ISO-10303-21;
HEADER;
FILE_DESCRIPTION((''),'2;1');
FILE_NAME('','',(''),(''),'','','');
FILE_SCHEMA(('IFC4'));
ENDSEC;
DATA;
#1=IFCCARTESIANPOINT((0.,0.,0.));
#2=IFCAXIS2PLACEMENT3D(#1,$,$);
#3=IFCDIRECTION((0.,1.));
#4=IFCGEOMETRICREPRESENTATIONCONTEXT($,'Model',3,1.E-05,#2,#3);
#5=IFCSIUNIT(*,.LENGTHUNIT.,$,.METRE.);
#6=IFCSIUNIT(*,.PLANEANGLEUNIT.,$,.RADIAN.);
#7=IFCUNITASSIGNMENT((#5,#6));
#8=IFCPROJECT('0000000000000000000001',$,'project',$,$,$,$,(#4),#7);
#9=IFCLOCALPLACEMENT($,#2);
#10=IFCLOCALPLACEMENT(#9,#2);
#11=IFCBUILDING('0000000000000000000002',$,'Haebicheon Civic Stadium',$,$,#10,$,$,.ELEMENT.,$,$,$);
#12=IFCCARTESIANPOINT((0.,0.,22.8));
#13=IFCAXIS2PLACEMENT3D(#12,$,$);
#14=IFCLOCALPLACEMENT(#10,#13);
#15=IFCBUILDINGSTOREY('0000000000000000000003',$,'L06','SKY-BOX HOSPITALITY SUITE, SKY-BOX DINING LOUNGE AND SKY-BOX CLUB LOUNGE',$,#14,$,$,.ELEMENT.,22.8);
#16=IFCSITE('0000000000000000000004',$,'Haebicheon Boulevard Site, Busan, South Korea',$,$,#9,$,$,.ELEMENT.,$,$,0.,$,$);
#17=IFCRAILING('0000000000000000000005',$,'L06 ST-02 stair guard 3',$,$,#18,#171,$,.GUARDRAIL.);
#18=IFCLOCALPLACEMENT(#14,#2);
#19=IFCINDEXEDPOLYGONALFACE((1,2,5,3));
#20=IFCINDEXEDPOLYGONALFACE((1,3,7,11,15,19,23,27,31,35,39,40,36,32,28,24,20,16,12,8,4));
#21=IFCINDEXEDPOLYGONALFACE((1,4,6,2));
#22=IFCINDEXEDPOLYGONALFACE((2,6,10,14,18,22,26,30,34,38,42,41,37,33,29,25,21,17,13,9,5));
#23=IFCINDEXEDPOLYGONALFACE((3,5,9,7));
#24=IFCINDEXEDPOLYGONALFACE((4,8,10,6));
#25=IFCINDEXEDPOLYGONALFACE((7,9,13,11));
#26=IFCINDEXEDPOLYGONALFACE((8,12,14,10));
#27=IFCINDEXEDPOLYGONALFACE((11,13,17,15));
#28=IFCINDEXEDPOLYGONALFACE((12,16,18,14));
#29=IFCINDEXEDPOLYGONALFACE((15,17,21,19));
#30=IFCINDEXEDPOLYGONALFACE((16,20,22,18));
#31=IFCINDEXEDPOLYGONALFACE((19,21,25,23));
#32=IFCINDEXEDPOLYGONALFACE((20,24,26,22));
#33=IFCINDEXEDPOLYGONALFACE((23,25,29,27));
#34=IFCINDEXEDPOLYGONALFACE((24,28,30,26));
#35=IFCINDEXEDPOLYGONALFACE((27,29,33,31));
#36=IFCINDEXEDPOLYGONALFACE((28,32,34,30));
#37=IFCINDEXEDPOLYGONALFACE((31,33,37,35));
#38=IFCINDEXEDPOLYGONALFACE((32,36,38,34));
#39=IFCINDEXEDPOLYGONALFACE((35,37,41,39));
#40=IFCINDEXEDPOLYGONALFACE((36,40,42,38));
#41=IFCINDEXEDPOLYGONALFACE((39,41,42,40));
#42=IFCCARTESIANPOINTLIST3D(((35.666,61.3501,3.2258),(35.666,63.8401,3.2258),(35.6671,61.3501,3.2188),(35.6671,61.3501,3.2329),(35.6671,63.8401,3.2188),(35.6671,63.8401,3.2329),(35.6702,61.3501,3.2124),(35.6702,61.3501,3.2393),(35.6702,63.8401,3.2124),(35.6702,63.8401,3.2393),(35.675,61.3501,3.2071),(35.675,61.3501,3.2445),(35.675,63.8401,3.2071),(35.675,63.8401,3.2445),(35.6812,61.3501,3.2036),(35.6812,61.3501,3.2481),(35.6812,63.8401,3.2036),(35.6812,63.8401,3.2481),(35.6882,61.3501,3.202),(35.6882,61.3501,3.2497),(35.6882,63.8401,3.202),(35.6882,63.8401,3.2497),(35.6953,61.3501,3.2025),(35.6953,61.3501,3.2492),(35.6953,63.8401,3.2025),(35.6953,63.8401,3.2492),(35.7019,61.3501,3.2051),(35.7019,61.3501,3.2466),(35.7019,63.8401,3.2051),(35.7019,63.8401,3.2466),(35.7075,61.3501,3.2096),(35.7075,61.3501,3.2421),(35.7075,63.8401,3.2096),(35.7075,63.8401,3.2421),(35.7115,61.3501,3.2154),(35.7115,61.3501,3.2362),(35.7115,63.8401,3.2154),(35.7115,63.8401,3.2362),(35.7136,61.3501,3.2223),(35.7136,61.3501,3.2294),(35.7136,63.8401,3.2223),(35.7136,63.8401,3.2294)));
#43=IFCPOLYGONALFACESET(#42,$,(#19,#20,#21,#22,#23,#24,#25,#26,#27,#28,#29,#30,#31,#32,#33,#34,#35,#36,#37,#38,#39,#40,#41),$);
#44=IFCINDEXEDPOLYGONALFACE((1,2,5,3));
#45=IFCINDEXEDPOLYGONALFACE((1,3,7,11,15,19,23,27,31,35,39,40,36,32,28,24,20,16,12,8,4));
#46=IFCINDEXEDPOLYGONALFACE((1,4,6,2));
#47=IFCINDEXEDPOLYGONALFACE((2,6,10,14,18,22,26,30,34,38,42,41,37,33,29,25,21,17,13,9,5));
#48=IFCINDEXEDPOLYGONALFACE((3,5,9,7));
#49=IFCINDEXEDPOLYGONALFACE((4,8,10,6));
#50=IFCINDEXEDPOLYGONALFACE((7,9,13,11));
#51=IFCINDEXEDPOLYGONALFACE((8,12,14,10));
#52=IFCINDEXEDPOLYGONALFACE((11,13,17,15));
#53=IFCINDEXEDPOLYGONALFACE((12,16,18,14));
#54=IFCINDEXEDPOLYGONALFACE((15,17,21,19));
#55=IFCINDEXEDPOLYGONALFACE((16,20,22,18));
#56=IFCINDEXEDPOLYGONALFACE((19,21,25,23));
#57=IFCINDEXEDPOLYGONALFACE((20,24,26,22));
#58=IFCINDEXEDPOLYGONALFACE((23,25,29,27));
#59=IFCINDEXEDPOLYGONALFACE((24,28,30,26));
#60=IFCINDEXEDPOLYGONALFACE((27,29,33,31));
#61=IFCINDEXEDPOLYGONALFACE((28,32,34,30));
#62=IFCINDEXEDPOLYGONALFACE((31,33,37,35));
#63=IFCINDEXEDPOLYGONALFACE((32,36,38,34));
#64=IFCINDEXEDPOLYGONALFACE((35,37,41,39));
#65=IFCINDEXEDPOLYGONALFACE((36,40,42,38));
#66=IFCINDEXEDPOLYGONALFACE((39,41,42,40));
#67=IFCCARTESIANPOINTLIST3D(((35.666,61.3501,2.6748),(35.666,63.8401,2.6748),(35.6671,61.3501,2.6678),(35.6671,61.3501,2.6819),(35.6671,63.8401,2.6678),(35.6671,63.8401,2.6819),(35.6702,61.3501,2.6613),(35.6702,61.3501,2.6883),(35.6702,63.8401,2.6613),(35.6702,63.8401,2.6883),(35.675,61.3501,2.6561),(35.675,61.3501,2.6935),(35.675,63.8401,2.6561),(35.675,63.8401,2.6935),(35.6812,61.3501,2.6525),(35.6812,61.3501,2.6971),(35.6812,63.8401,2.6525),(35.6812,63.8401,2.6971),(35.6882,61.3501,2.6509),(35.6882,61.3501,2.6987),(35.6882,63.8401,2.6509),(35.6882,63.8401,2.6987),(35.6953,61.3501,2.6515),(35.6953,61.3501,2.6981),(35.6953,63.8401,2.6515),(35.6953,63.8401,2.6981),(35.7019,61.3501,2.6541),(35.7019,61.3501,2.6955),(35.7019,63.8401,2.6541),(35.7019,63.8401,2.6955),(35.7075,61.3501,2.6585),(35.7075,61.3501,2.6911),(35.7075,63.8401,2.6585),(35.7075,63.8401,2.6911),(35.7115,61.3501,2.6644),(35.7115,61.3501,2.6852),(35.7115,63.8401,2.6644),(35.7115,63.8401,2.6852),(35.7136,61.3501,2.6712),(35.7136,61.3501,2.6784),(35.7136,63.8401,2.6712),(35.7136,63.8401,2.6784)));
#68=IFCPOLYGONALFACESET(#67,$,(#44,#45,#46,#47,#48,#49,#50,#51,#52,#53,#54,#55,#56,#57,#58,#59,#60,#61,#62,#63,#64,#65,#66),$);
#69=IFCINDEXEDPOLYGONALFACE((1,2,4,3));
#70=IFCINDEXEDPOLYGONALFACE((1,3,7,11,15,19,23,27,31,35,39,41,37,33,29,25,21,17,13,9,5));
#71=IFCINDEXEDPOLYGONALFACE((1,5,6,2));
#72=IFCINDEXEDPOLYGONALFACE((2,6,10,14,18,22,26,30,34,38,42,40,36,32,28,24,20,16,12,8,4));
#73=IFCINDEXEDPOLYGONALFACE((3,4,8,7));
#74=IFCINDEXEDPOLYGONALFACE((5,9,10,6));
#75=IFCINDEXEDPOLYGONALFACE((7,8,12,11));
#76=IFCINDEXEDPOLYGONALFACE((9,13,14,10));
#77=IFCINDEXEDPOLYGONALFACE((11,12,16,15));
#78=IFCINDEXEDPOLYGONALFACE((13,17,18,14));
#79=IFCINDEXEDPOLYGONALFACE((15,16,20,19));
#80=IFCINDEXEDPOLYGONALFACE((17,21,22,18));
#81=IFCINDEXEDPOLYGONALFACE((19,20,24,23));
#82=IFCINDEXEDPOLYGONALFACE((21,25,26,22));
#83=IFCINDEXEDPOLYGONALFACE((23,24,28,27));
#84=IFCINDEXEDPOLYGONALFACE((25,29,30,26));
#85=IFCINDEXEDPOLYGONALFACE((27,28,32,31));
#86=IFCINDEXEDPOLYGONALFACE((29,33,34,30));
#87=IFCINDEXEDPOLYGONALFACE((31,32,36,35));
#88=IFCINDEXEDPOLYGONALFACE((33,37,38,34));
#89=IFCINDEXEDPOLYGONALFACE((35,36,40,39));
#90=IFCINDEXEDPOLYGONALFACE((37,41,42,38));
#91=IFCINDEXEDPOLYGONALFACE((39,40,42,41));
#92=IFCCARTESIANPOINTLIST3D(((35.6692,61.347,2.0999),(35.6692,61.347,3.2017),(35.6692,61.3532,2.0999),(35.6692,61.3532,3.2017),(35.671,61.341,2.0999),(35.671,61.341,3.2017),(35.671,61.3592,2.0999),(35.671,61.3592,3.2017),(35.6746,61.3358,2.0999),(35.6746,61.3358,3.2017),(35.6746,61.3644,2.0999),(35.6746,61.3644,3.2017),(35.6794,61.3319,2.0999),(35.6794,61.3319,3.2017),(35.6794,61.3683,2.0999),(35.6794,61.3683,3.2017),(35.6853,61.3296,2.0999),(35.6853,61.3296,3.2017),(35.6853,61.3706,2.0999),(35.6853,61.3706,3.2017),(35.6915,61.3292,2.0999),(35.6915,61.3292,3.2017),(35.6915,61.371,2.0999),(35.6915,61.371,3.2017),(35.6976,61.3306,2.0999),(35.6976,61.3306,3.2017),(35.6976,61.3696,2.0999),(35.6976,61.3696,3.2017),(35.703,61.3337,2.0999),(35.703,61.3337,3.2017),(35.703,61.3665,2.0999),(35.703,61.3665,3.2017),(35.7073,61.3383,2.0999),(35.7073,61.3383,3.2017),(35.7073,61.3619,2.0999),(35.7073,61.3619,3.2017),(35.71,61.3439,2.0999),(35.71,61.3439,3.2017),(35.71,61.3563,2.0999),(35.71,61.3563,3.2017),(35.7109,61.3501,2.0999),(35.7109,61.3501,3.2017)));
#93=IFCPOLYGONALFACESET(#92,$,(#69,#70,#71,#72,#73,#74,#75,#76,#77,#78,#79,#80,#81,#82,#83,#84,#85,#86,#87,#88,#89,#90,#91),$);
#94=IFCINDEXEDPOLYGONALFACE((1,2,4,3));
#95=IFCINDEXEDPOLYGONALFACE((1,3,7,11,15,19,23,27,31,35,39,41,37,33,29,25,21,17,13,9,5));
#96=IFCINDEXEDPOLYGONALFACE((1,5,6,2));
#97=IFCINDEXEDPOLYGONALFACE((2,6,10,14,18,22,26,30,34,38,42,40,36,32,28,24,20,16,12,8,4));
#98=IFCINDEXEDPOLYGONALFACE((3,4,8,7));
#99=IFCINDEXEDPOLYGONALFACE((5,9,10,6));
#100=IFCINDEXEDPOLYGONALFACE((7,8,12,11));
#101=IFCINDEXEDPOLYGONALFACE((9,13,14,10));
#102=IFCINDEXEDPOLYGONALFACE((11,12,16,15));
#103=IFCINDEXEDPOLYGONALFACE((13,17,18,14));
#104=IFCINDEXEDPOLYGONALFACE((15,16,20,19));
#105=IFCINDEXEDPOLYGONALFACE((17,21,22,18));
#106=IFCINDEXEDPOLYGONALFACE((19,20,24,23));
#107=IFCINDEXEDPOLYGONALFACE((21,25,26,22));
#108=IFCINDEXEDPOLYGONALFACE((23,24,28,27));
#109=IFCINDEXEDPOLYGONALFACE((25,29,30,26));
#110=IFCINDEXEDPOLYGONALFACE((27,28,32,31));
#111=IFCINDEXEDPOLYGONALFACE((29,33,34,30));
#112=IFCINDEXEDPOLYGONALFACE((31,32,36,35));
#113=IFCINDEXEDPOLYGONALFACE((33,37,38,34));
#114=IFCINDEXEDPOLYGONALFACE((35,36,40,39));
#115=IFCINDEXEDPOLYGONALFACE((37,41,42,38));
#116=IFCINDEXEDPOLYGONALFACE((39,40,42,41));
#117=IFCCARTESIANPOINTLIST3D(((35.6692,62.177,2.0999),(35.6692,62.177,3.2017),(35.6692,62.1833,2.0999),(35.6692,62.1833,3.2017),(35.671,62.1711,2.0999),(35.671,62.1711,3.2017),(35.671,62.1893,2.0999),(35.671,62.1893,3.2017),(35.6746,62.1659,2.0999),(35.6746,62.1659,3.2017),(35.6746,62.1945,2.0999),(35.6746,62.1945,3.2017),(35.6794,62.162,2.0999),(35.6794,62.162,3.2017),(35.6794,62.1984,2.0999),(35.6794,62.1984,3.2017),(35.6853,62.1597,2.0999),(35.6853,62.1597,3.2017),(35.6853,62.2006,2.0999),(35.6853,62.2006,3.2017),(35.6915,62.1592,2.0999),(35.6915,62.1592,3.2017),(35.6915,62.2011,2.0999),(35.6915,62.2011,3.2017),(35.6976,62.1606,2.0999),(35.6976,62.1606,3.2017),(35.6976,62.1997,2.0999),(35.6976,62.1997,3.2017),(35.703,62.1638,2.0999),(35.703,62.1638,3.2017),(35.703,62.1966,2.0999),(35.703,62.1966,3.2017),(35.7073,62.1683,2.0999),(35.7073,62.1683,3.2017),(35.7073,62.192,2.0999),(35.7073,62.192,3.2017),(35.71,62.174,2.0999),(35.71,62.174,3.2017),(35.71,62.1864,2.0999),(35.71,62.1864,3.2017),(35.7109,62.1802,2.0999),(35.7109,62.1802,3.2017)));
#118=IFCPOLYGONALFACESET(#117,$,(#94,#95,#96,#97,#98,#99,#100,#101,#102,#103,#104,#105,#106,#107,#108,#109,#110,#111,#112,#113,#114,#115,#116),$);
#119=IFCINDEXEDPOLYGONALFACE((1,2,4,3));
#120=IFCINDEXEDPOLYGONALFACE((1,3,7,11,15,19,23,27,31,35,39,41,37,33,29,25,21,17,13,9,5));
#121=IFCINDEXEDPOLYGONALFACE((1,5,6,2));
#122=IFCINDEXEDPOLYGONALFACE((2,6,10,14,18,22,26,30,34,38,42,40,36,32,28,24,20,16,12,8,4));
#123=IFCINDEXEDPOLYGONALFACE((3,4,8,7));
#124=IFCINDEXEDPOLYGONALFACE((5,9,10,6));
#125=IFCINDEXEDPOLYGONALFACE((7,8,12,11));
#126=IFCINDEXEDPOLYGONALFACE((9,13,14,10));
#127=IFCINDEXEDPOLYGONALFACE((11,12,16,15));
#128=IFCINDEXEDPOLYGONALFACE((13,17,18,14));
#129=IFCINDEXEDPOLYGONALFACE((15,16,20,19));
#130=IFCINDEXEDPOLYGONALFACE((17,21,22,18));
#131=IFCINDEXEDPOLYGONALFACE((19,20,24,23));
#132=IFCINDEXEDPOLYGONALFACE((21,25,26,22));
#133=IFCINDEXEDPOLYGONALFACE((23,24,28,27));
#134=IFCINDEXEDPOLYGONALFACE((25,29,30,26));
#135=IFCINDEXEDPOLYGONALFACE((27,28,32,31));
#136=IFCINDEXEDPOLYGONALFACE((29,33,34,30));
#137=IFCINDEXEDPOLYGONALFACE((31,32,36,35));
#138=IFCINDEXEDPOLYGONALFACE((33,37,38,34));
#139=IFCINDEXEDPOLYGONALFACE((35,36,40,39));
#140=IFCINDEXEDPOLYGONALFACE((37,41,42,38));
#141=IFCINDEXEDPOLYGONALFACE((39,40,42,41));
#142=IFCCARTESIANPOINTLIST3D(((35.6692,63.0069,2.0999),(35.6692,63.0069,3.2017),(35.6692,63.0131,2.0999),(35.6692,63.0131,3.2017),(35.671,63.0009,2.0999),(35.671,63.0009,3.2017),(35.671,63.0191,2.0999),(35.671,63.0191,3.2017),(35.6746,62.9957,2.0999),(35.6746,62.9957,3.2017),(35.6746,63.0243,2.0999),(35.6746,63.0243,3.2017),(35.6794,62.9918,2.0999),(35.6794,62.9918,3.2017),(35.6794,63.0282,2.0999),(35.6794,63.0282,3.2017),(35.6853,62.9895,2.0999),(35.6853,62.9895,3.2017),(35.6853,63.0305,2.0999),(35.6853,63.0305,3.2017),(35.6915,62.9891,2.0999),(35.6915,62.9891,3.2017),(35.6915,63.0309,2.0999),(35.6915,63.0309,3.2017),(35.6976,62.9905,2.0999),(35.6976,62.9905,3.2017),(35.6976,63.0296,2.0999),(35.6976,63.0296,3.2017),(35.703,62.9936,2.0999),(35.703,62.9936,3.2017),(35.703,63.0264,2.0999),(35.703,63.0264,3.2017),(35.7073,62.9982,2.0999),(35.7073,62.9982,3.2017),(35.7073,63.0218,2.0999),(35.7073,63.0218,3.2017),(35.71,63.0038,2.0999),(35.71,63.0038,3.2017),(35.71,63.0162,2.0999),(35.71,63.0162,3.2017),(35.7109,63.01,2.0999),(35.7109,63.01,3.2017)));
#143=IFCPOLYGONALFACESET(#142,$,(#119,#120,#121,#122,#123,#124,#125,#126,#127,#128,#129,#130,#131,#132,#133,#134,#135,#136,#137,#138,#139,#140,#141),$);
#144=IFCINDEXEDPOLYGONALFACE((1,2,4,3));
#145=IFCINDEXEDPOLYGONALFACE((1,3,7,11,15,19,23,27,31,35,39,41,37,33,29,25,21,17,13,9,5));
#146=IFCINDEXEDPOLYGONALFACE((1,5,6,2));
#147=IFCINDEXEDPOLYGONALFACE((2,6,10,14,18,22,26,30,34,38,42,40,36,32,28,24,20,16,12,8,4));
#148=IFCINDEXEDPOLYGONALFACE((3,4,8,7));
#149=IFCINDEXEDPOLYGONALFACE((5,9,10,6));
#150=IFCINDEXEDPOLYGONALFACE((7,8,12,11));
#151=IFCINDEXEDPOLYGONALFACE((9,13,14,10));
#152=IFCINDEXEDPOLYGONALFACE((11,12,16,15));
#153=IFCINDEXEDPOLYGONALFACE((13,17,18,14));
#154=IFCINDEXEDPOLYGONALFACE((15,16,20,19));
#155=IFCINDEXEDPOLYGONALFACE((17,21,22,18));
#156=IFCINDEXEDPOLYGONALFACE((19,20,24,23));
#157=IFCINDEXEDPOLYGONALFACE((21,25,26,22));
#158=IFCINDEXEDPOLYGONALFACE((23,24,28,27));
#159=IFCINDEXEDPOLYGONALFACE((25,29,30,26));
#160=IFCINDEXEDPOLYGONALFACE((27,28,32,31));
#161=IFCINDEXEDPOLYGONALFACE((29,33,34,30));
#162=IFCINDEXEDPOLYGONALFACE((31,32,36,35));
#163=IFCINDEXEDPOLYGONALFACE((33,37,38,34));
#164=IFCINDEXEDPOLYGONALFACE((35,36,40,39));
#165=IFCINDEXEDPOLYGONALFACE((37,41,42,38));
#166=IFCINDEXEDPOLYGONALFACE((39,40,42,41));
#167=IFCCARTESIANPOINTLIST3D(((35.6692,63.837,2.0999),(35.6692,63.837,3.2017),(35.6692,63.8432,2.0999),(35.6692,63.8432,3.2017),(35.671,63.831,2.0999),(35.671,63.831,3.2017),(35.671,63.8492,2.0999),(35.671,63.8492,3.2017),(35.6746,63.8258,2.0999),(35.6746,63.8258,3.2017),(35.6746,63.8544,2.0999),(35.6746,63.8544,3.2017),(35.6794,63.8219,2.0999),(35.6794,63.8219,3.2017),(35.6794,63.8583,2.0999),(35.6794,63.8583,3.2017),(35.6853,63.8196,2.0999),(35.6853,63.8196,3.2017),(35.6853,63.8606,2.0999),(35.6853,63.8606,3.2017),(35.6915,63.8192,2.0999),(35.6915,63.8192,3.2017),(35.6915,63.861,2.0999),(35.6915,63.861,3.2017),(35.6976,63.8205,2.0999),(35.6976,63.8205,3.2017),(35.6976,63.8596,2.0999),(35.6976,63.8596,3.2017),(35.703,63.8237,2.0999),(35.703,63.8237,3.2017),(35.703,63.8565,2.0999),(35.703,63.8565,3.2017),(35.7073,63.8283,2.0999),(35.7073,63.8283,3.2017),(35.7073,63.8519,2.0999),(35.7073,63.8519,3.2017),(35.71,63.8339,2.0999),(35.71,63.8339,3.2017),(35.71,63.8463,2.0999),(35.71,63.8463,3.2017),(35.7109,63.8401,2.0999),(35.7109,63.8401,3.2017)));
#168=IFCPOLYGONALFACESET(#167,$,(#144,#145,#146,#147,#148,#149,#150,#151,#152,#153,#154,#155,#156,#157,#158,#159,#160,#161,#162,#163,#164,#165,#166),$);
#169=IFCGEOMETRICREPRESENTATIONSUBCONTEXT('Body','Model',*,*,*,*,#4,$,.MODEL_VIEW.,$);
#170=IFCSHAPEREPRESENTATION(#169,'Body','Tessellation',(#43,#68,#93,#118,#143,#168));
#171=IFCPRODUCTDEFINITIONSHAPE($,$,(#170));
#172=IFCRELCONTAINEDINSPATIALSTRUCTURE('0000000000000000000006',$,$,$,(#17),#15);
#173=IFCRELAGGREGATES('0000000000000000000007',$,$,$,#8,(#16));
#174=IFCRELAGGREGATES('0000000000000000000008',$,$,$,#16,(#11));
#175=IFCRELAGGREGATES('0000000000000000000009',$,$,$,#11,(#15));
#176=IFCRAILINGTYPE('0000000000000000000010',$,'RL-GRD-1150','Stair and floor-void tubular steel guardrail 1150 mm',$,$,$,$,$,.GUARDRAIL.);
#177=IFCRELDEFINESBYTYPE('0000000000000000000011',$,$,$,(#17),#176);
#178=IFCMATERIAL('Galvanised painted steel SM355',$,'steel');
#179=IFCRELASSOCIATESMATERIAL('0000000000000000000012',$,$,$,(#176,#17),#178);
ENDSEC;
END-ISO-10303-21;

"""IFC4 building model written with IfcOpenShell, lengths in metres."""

from ifc_helpers import new_model, si_unit, direction, frame, origin, origin_2d, place, context, subcontext, project, spatial, circle, extrude, material, type_object, element, save


model = new_model("IFC4")

# Units and contexts
model_context = context("Model", 3, precision=1e-05, world=origin(), true_north=direction((0.0, 1.0)))
body_context = subcontext(model_context, "Body", "Model", "MODEL_VIEW")
ifc_project = project(units=[si_unit("LENGTHUNIT", "METRE"), si_unit("PLANEANGLEUNIT", "RADIAN")], contexts=[model_context])

# Site, building, storey
site_placement = place(None, origin())
site = spatial("IfcSite", under=ifc_project, at=site_placement, Name="Haebicheon Boulevard Site, Busan, South Korea", CompositionType="ELEMENT", RefElevation=0.0)
building_placement = place(site_placement, origin())
building = spatial("IfcBuilding", under=site, at=building_placement, Name="Haebicheon Civic Stadium", CompositionType="ELEMENT")
storey_placement = place(building_placement, frame((0.0, 0.0, 22.8)))
storey = spatial("IfcBuildingStorey", under=building, at=storey_placement, Name="L06", Description="SKY-BOX HOSPITALITY SUITE, SKY-BOX DINING LOUNGE AND SKY-BOX CLUB LOUNGE", CompositionType="ELEMENT", Elevation=22.8)

# Railing
ifc_material_1 = material(Name="Galvanised painted steel SM355", Category="steel")
railing_type_1 = type_object("IfcRailingType", Name="RL-GRD-1150", Description="Stair and floor-void tubular steel guardrail 1150 mm", PredefinedType="GUARDRAIL", material=ifc_material_1)
for number, where, name in (
    (1, (35.6899, 61.3501, 2.0999), "L06 ST-02 stair guard 3"),
):
    element("IfcRailing", number, at=place(storey_placement, frame(where)), inside=storey, type_object=railing_type_1, material=ifc_material_1, Name=name, PredefinedType="GUARDRAIL", context=body_context, shape_type="SweptSolid", body=[
        extrude(circle(Radius=0.0239, at=origin_2d()), frame((0.0, 0.0, 1.126), z_axis=(0.0, 1.0, 0.0), x_axis=(-1.0, 0.0, 0.0)), (0.0, 0.0, 1.0), 2.49),
        extrude(circle(Radius=0.0239, at=origin_2d()), frame((0.0, 0.0, 0.575), z_axis=(0.0, 1.0, 0.0), x_axis=(-1.0, 0.0, 0.0)), (0.0, 0.0, 1.0), 2.49),
        extrude(circle(Radius=0.021, at=origin_2d()), origin(), (0.0, 0.0, 1.0), 1.1018),
        extrude(circle(Radius=0.021, at=origin_2d()), frame((0.0, 0.8301, 0.0)), (0.0, 0.0, 1.0), 1.1018),
        extrude(circle(Radius=0.021, at=origin_2d()), frame((0.0, 1.6599, 0.0)), (0.0, 0.0, 1.0), 1.1018),
        extrude(circle(Radius=0.021, at=origin_2d()), frame((0.0, 2.49, 0.0)), (0.0, 0.0, 1.0), 1.1018),
    ])

save(model, "model.ifc")
